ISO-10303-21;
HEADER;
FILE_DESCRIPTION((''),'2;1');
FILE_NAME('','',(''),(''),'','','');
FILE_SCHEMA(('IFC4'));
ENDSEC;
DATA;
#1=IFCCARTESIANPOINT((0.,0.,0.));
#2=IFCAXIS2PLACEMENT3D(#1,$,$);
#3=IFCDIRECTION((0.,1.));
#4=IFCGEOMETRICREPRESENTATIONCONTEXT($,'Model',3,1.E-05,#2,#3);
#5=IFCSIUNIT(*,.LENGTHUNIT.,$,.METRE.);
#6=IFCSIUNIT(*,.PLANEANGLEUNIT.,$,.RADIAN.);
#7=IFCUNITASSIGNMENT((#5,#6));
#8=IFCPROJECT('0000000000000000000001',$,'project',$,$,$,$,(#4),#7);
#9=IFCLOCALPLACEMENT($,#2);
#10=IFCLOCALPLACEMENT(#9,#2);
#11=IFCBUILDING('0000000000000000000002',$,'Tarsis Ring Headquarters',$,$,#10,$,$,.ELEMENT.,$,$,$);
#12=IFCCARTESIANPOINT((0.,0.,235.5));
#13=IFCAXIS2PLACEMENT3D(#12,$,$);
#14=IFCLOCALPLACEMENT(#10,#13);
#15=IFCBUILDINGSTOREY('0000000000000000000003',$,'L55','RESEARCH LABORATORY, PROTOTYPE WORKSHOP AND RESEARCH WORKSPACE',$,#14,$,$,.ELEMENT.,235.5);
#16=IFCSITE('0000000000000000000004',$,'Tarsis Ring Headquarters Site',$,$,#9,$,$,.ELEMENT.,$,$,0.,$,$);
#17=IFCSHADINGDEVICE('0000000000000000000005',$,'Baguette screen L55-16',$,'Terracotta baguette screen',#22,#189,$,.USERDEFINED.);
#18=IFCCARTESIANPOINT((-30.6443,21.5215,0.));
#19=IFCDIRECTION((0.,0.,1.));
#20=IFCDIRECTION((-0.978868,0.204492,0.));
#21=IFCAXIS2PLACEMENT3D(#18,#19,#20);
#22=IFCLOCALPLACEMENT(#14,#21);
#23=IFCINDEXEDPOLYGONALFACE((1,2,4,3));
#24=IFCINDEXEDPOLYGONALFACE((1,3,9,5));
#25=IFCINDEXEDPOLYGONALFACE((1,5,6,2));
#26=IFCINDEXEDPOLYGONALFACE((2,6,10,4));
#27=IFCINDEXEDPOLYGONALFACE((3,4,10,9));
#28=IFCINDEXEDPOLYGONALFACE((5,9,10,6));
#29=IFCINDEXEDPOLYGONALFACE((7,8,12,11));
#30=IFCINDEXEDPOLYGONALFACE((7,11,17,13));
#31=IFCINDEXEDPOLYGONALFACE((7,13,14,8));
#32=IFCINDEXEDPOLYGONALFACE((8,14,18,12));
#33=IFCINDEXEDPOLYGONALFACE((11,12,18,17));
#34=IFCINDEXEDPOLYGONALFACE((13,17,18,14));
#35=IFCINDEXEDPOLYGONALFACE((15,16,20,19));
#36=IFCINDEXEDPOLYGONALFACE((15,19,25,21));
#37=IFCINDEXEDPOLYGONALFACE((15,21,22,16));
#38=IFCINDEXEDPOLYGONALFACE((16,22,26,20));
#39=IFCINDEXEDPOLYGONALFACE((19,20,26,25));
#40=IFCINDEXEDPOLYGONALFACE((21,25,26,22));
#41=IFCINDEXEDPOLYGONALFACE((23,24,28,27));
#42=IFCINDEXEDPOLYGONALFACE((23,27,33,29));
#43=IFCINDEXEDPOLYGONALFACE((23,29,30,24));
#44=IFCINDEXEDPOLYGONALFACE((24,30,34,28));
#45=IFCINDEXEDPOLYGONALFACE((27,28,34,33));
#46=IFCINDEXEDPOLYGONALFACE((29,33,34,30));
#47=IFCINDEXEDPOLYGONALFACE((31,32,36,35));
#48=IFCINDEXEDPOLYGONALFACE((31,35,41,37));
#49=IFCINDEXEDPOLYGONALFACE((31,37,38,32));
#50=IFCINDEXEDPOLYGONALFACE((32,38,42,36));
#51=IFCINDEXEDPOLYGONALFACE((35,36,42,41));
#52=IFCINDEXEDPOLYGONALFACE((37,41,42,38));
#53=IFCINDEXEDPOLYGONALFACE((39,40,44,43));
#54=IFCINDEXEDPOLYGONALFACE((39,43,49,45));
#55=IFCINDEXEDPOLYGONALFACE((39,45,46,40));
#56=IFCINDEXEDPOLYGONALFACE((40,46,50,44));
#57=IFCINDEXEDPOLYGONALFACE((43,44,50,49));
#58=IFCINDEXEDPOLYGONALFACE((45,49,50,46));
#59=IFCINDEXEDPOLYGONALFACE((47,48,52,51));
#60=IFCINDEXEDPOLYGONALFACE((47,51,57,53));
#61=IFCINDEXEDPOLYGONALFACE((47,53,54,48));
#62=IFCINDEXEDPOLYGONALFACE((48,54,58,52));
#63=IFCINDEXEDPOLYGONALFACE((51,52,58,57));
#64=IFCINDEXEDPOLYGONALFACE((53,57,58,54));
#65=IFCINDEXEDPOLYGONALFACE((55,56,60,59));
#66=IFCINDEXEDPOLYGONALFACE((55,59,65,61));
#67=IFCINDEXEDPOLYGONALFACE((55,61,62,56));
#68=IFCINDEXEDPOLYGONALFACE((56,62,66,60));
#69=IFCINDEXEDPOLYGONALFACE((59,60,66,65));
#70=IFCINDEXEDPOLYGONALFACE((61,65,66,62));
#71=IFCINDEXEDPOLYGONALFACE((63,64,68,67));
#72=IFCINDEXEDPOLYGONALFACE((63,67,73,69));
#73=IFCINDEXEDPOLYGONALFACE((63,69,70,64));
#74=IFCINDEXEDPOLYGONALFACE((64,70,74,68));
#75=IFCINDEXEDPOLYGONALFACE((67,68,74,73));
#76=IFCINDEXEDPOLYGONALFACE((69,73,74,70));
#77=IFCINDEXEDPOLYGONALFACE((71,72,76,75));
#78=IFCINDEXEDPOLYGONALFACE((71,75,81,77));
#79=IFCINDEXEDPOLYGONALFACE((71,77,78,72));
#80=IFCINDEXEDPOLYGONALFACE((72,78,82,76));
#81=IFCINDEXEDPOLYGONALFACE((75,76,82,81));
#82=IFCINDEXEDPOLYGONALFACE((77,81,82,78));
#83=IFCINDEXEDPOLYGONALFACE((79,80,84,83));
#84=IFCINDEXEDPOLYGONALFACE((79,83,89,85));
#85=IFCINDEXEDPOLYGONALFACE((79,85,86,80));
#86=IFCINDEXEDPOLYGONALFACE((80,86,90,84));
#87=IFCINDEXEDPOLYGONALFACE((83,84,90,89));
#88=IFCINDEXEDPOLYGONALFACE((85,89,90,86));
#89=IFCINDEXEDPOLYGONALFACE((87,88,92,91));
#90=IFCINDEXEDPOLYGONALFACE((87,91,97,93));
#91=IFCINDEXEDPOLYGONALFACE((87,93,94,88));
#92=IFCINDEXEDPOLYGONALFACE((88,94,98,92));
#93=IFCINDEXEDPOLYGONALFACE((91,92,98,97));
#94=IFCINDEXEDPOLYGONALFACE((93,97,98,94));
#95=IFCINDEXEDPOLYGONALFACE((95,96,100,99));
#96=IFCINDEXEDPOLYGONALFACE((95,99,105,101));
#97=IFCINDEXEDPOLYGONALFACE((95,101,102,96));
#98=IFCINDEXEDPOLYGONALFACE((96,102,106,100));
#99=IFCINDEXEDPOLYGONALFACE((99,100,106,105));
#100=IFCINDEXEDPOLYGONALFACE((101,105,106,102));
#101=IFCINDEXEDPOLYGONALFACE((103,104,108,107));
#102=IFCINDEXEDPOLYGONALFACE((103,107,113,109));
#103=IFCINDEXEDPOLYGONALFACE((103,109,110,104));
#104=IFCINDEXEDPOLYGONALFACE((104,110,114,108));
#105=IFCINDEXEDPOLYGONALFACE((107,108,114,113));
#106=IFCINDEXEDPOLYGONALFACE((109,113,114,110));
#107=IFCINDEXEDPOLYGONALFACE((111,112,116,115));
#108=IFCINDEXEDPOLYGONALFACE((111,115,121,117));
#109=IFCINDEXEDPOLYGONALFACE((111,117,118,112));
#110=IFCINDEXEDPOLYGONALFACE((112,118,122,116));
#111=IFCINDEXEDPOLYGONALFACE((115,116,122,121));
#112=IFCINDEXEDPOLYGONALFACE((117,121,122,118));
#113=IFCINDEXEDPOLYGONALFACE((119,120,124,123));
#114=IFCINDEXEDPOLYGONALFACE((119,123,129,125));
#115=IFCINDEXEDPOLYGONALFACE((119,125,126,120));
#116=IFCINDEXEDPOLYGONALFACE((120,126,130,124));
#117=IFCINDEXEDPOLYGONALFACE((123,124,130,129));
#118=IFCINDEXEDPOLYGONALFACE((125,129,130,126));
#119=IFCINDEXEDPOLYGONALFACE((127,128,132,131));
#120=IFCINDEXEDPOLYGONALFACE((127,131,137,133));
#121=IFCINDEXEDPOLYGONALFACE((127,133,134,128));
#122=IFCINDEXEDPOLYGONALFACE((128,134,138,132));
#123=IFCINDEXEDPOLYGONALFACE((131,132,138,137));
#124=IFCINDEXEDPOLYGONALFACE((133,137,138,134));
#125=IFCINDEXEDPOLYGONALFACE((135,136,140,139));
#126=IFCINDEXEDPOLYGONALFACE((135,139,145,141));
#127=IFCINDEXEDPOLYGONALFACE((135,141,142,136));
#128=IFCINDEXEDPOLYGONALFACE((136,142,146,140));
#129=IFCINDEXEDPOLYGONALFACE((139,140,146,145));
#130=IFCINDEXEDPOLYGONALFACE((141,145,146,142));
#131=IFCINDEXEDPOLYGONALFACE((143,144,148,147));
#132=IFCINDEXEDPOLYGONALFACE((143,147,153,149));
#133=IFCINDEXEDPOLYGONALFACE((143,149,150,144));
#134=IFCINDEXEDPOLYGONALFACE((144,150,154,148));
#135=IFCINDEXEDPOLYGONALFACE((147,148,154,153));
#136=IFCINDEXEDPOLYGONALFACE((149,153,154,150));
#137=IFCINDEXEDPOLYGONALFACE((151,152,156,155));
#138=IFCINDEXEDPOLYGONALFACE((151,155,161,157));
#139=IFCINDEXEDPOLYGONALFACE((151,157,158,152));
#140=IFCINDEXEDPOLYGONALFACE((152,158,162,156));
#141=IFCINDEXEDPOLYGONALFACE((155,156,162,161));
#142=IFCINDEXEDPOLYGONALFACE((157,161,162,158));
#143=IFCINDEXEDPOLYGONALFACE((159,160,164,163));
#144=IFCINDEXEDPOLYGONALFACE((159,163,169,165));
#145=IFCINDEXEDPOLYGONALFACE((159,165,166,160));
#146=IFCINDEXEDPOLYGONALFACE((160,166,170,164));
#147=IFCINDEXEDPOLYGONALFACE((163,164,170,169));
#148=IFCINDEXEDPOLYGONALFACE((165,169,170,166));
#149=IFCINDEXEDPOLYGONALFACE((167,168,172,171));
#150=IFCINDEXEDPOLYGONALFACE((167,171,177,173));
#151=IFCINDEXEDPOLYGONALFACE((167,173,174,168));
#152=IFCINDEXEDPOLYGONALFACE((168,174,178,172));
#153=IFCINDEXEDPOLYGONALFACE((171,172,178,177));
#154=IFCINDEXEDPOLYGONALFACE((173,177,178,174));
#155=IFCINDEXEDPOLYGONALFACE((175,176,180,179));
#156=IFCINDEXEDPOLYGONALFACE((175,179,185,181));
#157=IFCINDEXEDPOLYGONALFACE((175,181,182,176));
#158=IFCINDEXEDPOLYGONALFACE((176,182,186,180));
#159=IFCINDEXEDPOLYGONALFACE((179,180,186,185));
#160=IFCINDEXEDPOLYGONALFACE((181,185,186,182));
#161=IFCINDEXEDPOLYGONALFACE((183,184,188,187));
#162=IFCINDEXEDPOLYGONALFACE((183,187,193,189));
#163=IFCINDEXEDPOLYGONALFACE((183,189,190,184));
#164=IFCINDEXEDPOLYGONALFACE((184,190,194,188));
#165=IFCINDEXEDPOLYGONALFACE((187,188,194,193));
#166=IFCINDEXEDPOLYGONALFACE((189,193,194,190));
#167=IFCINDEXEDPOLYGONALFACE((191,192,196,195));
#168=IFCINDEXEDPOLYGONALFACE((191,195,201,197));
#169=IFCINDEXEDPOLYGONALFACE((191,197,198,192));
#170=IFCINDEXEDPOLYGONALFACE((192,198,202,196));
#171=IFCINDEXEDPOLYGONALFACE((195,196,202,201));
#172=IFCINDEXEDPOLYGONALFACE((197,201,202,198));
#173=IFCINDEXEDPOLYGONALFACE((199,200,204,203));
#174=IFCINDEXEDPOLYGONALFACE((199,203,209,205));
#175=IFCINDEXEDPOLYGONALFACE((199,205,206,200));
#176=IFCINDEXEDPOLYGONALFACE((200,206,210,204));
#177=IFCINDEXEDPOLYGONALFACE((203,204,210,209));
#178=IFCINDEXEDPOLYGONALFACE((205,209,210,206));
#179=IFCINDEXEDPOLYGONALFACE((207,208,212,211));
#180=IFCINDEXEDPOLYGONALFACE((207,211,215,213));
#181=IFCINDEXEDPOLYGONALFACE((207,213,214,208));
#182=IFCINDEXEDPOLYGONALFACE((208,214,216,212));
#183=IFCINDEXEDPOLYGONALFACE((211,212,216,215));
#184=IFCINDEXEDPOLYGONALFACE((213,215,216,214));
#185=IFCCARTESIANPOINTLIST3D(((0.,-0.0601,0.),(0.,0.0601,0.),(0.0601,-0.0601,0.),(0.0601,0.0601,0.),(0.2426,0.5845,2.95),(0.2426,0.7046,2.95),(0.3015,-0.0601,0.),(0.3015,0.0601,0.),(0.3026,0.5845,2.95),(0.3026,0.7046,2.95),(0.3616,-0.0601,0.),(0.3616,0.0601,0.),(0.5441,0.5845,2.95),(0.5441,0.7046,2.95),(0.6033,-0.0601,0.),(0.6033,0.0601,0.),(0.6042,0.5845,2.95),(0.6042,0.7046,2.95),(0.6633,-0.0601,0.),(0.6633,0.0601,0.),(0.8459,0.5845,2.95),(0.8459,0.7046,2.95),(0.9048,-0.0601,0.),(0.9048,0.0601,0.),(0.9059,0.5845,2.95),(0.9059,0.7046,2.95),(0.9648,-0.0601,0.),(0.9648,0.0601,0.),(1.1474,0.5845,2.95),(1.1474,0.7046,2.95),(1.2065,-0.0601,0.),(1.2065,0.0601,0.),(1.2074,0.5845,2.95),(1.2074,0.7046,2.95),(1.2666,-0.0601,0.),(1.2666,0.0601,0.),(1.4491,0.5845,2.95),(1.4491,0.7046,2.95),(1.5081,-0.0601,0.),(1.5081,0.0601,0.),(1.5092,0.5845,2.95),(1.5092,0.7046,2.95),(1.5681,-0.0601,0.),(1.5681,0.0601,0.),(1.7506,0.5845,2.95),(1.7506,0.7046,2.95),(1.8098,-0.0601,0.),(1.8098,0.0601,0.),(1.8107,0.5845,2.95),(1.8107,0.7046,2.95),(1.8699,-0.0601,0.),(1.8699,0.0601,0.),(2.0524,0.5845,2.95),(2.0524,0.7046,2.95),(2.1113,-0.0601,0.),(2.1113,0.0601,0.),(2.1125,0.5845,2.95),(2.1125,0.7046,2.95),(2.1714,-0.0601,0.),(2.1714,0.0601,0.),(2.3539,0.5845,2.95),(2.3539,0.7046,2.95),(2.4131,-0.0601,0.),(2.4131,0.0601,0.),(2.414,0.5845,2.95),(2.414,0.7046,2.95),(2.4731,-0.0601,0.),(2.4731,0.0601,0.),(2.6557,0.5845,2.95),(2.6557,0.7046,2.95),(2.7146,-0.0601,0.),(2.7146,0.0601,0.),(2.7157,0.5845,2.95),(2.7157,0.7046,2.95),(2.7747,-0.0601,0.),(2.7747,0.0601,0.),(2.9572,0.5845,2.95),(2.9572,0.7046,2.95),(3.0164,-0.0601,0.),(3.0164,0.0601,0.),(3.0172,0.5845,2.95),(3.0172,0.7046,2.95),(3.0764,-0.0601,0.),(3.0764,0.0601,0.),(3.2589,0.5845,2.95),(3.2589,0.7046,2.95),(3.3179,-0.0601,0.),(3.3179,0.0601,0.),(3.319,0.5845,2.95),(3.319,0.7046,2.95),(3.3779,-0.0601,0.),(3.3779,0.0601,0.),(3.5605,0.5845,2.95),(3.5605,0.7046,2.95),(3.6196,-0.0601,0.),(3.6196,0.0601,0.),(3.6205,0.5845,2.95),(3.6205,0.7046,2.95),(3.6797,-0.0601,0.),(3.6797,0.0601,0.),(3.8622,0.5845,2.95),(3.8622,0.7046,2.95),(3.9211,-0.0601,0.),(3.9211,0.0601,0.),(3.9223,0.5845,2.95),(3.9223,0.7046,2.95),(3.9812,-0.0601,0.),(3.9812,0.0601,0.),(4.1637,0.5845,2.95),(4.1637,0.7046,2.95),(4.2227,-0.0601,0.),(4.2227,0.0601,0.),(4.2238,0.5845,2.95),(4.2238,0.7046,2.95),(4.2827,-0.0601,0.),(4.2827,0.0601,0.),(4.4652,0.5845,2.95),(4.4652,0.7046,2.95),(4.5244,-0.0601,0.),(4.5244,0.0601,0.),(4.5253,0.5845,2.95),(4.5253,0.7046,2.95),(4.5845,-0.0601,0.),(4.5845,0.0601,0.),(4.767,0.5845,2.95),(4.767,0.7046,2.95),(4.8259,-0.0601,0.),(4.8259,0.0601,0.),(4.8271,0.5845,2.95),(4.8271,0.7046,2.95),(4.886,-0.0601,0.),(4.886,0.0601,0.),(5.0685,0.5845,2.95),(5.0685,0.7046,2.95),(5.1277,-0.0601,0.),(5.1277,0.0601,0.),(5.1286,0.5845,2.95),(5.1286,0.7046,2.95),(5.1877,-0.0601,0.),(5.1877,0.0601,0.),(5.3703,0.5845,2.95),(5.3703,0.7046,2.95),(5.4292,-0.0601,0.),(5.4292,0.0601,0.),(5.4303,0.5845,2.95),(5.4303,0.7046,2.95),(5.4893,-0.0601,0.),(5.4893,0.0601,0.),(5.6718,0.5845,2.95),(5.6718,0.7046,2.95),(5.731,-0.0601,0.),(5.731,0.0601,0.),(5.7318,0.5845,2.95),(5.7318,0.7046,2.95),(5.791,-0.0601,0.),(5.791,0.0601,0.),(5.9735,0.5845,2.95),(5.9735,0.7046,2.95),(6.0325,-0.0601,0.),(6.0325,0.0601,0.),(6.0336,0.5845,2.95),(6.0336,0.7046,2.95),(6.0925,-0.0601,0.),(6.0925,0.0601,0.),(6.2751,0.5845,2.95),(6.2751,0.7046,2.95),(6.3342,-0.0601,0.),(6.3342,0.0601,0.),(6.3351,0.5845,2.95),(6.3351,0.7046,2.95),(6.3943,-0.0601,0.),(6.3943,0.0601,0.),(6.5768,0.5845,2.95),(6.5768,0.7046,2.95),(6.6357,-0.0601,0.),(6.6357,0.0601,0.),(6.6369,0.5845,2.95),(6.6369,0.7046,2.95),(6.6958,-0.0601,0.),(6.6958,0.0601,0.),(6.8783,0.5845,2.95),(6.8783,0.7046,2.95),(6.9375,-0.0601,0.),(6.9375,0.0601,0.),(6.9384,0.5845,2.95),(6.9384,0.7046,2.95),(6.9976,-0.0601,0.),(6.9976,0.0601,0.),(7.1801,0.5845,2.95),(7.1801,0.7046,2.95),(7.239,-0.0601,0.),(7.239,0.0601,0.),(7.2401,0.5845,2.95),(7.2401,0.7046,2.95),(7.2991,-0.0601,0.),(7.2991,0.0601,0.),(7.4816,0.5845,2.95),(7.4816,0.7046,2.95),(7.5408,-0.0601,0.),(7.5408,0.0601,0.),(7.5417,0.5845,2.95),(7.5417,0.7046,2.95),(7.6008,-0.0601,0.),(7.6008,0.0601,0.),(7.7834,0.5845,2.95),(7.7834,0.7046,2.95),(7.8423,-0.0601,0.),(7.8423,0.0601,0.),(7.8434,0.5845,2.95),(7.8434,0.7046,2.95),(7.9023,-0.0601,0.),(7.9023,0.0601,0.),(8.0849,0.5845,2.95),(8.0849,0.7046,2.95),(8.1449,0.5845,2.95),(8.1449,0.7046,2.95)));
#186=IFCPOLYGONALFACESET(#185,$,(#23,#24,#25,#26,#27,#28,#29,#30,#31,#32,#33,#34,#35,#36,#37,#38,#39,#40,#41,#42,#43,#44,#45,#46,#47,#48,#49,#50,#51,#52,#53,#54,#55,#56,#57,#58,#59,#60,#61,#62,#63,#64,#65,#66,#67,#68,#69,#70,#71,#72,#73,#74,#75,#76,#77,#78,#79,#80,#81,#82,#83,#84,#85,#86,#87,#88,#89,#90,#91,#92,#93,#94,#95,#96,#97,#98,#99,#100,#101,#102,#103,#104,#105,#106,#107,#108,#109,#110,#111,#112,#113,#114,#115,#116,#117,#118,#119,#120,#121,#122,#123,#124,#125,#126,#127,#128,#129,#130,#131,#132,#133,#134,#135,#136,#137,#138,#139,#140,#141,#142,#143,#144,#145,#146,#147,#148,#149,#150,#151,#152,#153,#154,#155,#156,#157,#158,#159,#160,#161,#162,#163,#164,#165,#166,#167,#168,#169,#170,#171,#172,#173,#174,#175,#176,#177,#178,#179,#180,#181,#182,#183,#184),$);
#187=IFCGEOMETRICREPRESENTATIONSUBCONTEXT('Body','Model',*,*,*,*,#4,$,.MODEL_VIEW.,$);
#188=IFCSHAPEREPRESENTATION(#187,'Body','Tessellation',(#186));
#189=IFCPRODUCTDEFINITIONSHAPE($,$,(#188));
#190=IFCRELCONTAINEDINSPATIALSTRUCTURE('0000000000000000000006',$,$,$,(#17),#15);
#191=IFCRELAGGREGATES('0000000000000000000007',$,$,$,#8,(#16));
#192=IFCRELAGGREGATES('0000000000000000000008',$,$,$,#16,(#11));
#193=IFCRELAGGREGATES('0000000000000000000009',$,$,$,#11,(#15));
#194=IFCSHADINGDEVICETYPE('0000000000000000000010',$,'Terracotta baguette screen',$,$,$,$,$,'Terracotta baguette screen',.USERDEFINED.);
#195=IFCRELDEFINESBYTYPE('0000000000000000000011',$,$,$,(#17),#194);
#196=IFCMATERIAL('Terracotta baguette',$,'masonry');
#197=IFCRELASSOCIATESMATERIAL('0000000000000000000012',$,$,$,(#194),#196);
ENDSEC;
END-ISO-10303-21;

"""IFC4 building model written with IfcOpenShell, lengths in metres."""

from ifc_helpers import new_model, si_unit, direction, frame, frame_2d, origin, place, context, subcontext, project, spatial, rectangle, composite_profile, extrude, material, type_object, element, save


model = new_model("IFC4")

# Units and contexts
model_context = context("Model", 3, precision=1e-05, world=origin(), true_north=direction((0.0, 1.0)))
body_context = subcontext(model_context, "Body", "Model", "MODEL_VIEW")
ifc_project = project(units=[si_unit("LENGTHUNIT", "METRE"), si_unit("PLANEANGLEUNIT", "RADIAN")], contexts=[model_context])

# Site, building, storey
site_placement = place(None, origin())
site = spatial("IfcSite", under=ifc_project, at=site_placement, Name="Tarsis Ring Headquarters Site", CompositionType="ELEMENT", RefElevation=0.0)
building_placement = place(site_placement, origin())
building = spatial("IfcBuilding", under=site, at=building_placement, Name="Tarsis Ring Headquarters", CompositionType="ELEMENT")
storey_placement = place(building_placement, frame((0.0, 0.0, 235.5)))
storey = spatial("IfcBuildingStorey", under=building, at=storey_placement, Name="L55", Description="RESEARCH LABORATORY, PROTOTYPE WORKSHOP AND RESEARCH WORKSPACE", CompositionType="ELEMENT", Elevation=235.5)

# Shading device
ifc_material_1 = material(Name="Terracotta baguette", Category="masonry")
shading_device_type = type_object("IfcShadingDeviceType", Name="Terracotta baguette screen", ElementType="Terracotta baguette screen", PredefinedType="USERDEFINED", material=ifc_material_1)
shading_device_1_placement = place(storey_placement, frame((-30.6443, 21.5215, 0.0), z_axis=(0.0, 0.0, 1.0), x_axis=(-0.978868, 0.204492, 0.0)))
element("IfcShadingDevice", 1, at=shading_device_1_placement, inside=storey, type_object=shading_device_type, Name="Baguette screen L55-16", ObjectType="Terracotta baguette screen", PredefinedType="USERDEFINED", context=body_context, shape_type="SweptSolid", body=[
    extrude(composite_profile([rectangle(XDim=0.0601, YDim=0.1201, at=frame_2d((0.03, 0.0))), rectangle(XDim=0.0601, YDim=0.1201, at=frame_2d((0.3315, 0.0))), rectangle(XDim=0.0601, YDim=0.1201, at=frame_2d((0.6333, 0.0))), rectangle(XDim=0.0601, YDim=0.1201, at=frame_2d((0.9348, 0.0))), rectangle(XDim=0.0601, YDim=0.1201, at=frame_2d((1.2366, 0.0))), rectangle(XDim=0.0601, YDim=0.1201, at=frame_2d((1.5381, 0.0))), rectangle(XDim=0.0601, YDim=0.1201, at=frame_2d((1.8398, 0.0))), rectangle(XDim=0.0601, YDim=0.1201, at=frame_2d((2.1414, 0.0))), rectangle(XDim=0.0601, YDim=0.1201, at=frame_2d((2.4431, 0.0))), rectangle(XDim=0.0601, YDim=0.1201, at=frame_2d((2.7446, 0.0))), rectangle(XDim=0.0601, YDim=0.1201, at=frame_2d((3.0464, 0.0))), rectangle(XDim=0.0601, YDim=0.1201, at=frame_2d((3.3479, 0.0))), rectangle(XDim=0.0601, YDim=0.1201, at=frame_2d((3.6497, 0.0))), rectangle(XDim=0.0601, YDim=0.1201, at=frame_2d((3.9512, 0.0))), rectangle(XDim=0.0601, YDim=0.1201, at=frame_2d((4.2527, 0.0))), rectangle(XDim=0.0601, YDim=0.1201, at=frame_2d((4.5544, 0.0))), rectangle(XDim=0.0601, YDim=0.1201, at=frame_2d((4.856, 0.0))), rectangle(XDim=0.0601, YDim=0.1201, at=frame_2d((5.1577, 0.0))), rectangle(XDim=0.0601, YDim=0.1201, at=frame_2d((5.4592, 0.0))), rectangle(XDim=0.0601, YDim=0.1201, at=frame_2d((5.761, 0.0))), rectangle(XDim=0.0601, YDim=0.1201, at=frame_2d((6.0625, 0.0))), rectangle(XDim=0.0601, YDim=0.1201, at=frame_2d((6.3643, 0.0))), rectangle(XDim=0.0601, YDim=0.1201, at=frame_2d((6.6658, 0.0))), rectangle(XDim=0.0601, YDim=0.1201, at=frame_2d((6.9675, 0.0))), rectangle(XDim=0.0601, YDim=0.1201, at=frame_2d((7.269, 0.0))), rectangle(XDim=0.0601, YDim=0.1201, at=frame_2d((7.5708, 0.0))), rectangle(XDim=0.0601, YDim=0.1201, at=frame_2d((7.8723, 0.0)))]), origin(), (0.08008, 0.212785, 0.973812), 3.0293),
])

save(model, "model.ifc")
